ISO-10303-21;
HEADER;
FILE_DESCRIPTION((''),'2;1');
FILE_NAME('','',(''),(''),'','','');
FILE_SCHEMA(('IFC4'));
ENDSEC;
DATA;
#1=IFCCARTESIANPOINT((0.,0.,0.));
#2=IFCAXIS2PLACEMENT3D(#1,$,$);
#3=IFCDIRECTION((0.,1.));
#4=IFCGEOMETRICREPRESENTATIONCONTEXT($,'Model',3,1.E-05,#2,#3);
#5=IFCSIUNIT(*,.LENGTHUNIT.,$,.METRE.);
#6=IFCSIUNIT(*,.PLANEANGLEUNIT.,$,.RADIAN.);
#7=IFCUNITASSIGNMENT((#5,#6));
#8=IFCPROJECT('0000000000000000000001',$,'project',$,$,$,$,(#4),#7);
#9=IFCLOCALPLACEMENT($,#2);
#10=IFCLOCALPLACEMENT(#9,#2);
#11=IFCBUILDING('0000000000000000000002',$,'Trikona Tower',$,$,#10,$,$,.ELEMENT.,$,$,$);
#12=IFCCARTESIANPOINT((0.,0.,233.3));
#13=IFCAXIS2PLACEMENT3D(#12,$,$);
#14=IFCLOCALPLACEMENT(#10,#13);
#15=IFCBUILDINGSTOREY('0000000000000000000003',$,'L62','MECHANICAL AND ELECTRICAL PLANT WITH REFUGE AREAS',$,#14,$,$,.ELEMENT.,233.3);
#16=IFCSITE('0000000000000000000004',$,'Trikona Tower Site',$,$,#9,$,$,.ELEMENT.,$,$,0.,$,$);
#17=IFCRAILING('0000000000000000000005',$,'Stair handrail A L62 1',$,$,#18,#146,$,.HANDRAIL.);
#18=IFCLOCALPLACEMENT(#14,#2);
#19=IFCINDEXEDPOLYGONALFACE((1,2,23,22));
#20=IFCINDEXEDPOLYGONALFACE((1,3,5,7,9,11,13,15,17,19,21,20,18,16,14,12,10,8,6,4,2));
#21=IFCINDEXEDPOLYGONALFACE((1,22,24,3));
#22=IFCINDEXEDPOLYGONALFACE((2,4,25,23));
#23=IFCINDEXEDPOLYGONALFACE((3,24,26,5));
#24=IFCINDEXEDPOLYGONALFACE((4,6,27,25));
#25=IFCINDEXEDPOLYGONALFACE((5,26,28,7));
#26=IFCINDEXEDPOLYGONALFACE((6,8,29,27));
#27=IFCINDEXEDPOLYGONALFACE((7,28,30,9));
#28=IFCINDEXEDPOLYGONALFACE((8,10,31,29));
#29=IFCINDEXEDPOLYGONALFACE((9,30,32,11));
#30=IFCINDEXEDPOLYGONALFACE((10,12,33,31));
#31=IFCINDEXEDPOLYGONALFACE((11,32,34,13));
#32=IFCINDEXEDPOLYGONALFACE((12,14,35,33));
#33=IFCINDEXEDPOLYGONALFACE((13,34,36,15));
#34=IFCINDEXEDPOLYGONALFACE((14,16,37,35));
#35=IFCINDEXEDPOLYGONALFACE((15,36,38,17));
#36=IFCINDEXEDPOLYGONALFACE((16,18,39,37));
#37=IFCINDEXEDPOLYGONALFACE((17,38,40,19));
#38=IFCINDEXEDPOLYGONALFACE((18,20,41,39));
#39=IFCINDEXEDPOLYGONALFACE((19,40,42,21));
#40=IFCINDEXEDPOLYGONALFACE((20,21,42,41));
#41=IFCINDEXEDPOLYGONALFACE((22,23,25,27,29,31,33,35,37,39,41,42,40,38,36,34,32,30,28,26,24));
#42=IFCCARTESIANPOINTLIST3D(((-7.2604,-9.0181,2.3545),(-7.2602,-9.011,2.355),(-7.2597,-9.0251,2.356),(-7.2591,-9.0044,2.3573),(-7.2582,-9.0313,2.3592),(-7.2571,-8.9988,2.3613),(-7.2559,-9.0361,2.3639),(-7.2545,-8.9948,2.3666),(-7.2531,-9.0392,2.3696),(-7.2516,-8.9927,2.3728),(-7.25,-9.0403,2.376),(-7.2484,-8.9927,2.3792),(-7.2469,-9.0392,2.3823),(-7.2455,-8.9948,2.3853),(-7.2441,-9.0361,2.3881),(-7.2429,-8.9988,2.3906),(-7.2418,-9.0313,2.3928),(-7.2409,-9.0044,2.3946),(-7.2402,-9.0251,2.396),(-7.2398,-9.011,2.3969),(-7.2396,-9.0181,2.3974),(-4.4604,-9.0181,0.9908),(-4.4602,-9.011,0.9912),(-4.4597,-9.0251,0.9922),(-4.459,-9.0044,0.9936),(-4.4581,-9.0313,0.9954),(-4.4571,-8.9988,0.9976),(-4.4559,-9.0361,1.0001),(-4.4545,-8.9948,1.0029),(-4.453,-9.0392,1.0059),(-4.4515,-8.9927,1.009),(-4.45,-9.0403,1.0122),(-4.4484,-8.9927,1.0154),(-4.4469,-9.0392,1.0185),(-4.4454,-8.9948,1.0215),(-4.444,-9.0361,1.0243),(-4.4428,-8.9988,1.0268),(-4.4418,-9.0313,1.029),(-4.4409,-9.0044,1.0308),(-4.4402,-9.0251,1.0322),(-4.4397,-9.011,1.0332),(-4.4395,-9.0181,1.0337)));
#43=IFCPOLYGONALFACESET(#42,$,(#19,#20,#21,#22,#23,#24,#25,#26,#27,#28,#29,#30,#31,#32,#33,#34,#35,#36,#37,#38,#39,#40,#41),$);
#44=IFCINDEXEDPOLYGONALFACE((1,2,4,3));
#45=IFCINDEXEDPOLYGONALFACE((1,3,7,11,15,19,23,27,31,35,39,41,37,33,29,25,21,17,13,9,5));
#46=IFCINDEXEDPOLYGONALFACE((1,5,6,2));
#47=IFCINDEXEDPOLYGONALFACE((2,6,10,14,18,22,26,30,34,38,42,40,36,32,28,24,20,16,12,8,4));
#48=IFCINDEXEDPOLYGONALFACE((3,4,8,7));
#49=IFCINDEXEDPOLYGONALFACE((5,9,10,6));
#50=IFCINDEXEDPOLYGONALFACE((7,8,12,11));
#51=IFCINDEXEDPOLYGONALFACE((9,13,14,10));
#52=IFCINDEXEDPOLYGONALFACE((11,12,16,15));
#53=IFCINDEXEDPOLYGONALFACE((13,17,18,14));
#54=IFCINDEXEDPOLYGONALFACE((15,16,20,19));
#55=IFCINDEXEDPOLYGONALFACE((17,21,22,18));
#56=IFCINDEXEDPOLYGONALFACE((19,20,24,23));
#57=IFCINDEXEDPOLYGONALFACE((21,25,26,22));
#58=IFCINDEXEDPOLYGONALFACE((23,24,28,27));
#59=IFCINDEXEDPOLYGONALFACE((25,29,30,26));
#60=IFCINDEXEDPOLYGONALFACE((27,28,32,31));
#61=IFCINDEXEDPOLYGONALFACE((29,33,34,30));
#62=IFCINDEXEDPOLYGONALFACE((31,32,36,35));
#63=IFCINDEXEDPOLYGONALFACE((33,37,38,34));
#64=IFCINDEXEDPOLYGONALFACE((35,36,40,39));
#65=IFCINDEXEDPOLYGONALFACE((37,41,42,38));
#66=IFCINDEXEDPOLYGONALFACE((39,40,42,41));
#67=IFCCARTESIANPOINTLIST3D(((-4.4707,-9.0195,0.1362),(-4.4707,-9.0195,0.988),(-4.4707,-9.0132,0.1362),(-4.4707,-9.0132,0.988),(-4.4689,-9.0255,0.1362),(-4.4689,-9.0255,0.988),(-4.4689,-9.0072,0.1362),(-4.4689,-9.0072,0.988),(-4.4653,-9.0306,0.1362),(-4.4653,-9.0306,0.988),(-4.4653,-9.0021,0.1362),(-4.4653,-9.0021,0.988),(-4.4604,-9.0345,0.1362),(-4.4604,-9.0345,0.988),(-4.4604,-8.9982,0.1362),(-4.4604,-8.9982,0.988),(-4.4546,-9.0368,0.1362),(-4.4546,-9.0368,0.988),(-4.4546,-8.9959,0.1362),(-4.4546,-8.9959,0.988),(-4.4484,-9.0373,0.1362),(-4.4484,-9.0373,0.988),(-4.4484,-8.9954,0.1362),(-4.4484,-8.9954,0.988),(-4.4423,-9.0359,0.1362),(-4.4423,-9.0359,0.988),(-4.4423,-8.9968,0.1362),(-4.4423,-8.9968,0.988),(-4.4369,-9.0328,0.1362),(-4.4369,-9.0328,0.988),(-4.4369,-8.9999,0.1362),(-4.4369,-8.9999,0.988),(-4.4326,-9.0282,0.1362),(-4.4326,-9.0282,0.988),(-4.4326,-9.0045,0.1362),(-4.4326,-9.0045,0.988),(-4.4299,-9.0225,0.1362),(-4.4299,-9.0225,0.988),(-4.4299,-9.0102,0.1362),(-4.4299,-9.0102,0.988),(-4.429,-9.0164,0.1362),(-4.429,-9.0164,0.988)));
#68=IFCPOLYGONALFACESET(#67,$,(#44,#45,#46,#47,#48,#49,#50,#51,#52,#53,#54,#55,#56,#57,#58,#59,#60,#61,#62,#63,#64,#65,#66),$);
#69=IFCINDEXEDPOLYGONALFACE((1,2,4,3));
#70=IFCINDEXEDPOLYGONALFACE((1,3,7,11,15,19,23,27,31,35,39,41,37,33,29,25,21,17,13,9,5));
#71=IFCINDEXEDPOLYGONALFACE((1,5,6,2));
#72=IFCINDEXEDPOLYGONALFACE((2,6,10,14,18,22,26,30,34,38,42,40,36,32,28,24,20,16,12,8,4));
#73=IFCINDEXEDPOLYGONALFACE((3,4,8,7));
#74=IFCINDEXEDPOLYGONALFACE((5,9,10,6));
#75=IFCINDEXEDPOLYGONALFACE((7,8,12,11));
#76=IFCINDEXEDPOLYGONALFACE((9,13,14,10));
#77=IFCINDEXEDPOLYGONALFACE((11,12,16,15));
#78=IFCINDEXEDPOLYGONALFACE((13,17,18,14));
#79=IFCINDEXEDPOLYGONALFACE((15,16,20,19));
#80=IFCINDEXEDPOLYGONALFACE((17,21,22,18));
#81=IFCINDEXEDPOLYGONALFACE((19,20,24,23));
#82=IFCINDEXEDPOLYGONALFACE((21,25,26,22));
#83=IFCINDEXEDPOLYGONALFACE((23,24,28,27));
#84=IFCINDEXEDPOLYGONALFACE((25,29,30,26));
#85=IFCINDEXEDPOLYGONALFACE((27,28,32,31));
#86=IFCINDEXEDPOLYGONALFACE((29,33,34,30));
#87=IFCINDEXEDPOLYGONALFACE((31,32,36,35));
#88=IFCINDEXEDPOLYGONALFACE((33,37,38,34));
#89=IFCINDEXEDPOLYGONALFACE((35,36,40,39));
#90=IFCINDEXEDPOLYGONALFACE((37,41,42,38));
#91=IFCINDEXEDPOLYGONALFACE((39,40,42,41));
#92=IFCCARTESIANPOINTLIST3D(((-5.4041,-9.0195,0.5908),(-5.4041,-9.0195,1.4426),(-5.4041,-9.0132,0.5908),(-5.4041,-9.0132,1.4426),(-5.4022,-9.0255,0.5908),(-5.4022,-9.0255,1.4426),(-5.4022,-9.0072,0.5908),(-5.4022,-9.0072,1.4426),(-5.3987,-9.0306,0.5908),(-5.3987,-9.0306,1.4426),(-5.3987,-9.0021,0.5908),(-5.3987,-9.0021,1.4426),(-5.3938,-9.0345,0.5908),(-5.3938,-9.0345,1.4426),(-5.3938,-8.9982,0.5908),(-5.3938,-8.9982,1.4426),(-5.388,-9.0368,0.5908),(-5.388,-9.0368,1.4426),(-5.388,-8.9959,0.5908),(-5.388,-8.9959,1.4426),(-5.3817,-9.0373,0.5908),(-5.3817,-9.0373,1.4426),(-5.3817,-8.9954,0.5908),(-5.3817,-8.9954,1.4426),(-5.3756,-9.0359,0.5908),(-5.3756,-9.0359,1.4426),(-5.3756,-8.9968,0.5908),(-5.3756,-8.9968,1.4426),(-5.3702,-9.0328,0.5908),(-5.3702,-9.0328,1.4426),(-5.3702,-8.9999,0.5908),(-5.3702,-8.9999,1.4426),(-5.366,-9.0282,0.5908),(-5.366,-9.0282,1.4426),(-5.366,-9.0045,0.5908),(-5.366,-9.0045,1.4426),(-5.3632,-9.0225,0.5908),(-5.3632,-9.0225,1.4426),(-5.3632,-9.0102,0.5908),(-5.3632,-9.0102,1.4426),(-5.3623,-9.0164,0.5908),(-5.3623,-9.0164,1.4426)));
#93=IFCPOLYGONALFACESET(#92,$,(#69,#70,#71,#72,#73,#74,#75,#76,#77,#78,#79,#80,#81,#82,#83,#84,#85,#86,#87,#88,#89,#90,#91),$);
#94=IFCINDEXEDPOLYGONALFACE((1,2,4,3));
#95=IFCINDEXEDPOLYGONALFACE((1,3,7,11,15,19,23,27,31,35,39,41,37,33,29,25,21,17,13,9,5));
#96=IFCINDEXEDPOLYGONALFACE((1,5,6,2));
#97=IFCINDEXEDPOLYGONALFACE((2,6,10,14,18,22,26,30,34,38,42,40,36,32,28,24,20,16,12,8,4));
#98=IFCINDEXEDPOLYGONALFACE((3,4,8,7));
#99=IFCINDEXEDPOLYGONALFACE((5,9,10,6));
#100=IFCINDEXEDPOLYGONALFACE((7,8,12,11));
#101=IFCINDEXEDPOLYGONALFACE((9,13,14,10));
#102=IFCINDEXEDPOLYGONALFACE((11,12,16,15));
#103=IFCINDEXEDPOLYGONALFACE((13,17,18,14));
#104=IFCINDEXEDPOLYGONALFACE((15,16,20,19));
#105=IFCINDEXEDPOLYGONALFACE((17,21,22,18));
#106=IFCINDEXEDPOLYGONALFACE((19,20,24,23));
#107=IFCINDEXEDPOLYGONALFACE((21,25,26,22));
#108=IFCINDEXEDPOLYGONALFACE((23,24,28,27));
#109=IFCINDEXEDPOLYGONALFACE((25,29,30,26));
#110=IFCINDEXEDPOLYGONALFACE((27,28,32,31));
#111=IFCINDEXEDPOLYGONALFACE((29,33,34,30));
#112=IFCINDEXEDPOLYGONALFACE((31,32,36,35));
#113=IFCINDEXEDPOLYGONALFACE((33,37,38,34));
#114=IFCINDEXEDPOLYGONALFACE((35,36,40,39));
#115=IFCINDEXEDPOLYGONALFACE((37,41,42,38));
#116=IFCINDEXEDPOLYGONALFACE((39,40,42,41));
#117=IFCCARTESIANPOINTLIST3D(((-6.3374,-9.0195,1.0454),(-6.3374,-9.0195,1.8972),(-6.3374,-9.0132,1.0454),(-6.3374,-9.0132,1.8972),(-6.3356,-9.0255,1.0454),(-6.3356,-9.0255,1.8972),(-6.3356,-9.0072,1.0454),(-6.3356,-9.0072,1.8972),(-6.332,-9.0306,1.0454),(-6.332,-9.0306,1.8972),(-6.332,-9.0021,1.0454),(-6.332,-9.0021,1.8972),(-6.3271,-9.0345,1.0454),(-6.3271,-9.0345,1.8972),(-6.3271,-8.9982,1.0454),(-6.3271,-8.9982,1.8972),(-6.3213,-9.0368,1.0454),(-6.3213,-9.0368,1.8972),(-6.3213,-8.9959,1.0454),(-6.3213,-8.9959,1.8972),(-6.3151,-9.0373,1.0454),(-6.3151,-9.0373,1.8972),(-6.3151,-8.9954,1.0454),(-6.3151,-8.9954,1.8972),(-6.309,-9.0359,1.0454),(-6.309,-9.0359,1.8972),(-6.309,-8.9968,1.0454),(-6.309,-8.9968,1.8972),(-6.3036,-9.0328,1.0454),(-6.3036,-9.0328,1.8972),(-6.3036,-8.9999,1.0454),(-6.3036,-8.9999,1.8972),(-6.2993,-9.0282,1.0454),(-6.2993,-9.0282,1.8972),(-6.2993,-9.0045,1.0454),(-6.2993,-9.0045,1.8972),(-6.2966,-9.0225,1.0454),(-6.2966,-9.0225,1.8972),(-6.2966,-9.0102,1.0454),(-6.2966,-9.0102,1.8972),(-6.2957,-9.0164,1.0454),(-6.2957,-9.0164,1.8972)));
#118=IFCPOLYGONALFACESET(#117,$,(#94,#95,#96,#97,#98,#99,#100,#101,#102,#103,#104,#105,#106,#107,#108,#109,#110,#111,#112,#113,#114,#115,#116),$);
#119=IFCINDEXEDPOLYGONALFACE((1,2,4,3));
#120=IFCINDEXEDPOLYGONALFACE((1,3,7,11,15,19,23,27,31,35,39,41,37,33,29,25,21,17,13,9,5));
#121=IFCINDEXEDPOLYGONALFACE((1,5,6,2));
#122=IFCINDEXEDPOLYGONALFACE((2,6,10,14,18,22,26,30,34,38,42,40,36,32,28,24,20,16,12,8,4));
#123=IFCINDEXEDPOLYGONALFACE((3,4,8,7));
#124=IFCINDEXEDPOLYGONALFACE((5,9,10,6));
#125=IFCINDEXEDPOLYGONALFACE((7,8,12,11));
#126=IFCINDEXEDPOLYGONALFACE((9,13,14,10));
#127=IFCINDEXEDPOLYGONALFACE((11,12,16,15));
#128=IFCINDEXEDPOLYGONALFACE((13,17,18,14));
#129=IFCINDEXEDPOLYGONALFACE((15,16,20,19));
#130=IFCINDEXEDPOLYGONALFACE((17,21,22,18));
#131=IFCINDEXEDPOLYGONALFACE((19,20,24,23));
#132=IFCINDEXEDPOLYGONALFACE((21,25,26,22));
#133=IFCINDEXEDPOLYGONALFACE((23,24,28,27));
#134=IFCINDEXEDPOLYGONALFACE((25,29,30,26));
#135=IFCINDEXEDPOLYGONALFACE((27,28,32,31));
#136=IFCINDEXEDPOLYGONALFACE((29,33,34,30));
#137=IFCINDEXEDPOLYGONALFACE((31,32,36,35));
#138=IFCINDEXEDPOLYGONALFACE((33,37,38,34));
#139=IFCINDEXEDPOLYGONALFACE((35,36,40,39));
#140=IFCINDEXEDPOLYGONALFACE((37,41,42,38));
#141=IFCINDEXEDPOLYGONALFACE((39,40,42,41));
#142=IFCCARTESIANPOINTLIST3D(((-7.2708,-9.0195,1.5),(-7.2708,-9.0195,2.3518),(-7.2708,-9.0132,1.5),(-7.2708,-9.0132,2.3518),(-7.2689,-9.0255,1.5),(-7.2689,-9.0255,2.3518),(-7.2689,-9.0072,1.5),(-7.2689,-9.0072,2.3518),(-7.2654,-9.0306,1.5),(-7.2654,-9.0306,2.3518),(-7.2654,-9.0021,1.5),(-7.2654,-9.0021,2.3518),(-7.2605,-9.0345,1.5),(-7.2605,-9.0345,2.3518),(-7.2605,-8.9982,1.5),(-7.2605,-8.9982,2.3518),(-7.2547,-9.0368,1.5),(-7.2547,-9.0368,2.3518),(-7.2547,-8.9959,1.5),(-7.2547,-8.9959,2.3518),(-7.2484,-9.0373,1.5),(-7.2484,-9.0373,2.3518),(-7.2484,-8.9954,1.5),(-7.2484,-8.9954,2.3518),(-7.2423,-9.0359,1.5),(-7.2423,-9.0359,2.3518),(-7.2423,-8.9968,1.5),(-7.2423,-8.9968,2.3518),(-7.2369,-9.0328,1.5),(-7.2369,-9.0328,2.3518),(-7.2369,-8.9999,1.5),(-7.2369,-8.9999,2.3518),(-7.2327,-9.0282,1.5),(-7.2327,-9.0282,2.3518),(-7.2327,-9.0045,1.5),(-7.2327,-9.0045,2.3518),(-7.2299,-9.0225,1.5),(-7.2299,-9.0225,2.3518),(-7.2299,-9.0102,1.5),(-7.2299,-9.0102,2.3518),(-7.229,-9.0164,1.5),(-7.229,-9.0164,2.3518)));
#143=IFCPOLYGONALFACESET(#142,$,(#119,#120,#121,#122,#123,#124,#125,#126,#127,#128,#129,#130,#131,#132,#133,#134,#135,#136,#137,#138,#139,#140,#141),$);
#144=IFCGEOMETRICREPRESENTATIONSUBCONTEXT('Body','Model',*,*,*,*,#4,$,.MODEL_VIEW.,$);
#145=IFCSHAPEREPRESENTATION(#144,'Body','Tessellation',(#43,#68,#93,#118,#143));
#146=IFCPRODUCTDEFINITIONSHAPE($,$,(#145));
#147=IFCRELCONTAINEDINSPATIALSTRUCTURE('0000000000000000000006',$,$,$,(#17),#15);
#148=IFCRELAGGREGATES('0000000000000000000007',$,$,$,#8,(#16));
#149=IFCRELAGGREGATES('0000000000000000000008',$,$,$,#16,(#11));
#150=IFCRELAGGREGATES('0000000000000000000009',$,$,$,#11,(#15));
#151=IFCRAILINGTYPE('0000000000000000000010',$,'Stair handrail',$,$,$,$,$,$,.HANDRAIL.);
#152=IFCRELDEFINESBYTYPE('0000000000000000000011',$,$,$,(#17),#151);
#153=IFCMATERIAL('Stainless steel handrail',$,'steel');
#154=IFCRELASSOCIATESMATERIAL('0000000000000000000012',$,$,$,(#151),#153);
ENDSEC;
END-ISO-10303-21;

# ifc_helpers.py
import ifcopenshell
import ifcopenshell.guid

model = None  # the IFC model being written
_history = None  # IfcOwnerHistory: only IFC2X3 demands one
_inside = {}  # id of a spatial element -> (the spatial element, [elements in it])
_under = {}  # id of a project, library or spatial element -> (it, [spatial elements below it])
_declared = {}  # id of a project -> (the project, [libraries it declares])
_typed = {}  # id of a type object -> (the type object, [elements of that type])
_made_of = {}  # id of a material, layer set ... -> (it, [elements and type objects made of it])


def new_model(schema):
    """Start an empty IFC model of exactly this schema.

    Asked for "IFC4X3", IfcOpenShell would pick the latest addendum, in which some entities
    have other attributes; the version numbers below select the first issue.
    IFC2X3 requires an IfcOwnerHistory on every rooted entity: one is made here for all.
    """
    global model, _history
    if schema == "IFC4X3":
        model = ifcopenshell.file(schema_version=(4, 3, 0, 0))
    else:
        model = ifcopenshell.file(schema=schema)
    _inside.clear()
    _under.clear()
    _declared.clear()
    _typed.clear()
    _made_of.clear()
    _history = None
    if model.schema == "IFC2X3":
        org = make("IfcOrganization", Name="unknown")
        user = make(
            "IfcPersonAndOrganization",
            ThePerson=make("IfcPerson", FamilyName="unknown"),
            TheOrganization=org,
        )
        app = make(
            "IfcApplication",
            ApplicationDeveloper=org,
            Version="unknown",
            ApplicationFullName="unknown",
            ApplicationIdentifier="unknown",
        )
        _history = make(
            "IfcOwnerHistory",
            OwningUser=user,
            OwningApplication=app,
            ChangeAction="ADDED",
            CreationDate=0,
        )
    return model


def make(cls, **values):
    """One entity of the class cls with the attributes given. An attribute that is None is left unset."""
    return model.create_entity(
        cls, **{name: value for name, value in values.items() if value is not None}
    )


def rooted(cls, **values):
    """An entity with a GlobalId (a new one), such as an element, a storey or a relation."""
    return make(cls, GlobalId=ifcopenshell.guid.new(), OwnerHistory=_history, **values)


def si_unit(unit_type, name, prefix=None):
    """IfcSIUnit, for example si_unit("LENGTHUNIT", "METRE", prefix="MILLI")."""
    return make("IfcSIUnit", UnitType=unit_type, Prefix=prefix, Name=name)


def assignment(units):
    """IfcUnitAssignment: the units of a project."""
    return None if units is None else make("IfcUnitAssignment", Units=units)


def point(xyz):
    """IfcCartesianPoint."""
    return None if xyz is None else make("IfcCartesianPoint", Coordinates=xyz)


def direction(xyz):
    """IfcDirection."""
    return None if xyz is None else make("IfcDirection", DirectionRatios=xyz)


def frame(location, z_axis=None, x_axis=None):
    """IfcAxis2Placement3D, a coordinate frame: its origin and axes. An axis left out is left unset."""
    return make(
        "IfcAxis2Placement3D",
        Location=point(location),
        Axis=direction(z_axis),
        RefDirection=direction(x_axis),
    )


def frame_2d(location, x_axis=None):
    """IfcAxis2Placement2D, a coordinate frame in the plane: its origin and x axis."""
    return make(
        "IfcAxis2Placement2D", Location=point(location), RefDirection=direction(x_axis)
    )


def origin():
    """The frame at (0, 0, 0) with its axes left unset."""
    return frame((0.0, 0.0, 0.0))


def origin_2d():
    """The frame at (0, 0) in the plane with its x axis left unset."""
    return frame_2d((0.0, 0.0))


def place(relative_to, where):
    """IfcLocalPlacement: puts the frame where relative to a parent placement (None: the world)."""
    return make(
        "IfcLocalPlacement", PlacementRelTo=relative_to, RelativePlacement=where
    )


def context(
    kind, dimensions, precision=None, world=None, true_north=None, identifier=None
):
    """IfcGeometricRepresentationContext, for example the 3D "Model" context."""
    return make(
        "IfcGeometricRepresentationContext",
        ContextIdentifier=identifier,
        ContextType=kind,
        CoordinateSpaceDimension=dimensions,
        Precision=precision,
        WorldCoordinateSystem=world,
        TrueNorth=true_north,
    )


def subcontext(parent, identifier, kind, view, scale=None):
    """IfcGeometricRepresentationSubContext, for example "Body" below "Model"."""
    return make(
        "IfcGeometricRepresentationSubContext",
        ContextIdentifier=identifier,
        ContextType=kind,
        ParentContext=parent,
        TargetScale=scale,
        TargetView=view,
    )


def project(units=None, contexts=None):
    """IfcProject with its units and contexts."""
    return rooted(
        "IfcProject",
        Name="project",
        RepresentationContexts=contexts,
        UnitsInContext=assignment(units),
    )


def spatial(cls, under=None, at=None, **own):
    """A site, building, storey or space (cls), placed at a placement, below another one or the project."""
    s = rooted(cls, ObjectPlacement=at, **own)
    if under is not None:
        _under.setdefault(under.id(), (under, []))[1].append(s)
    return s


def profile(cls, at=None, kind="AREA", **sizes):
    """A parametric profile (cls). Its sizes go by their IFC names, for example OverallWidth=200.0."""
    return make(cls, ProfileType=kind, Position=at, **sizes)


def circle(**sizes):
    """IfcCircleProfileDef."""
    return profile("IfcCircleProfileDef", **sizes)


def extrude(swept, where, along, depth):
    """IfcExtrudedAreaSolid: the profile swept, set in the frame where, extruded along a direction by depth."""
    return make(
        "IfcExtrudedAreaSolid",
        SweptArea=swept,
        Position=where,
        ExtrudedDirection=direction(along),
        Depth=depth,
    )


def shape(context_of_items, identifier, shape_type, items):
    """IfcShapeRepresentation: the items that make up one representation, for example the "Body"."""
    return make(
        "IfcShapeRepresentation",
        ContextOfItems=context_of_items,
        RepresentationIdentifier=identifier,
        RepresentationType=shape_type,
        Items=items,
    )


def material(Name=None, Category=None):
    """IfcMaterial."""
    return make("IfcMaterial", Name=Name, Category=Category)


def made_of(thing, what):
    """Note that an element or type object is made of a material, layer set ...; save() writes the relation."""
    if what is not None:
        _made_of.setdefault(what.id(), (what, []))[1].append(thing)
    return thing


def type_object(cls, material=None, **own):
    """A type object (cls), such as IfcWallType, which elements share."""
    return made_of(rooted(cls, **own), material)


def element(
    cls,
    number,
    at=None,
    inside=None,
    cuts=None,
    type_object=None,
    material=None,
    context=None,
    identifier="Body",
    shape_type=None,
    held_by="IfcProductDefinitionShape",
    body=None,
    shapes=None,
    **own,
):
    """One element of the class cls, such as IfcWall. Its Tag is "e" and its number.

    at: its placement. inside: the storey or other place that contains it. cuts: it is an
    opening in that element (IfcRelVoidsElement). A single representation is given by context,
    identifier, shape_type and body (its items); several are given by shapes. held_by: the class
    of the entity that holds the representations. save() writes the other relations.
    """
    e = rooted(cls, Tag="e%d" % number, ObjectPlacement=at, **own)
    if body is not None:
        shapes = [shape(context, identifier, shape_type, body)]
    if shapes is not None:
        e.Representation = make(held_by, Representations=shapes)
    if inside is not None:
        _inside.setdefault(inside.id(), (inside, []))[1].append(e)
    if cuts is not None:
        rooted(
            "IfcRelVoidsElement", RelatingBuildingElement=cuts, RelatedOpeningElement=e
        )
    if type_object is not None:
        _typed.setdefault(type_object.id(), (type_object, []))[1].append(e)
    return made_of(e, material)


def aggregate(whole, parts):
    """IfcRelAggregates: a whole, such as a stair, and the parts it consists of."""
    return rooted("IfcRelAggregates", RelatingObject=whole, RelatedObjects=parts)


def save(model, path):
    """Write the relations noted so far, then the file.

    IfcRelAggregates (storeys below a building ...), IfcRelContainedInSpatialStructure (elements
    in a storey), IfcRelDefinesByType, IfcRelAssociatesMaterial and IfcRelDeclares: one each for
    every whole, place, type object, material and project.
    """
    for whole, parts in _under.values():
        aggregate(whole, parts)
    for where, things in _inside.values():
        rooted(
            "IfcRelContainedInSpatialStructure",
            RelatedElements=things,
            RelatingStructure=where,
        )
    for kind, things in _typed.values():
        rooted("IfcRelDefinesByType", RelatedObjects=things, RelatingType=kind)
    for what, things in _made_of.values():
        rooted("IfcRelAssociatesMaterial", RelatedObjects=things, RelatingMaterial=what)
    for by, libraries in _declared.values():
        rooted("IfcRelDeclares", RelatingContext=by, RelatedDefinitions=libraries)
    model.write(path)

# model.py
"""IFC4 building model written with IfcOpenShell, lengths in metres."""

from ifc_helpers import new_model, si_unit, direction, frame, origin, origin_2d, place, context, subcontext, project, spatial, circle, extrude, material, type_object, element, save


model = new_model("IFC4")

# Units and contexts
model_context = context("Model", 3, precision=1e-05, world=origin(), true_north=direction((0.0, 1.0)))
body_context = subcontext(model_context, "Body", "Model", "MODEL_VIEW")
ifc_project = project(units=[si_unit("LENGTHUNIT", "METRE"), si_unit("PLANEANGLEUNIT", "RADIAN")], contexts=[model_context])

# Site, building, storey
site_placement = place(None, origin())
site = spatial("IfcSite", under=ifc_project, at=site_placement, Name="Trikona Tower Site", CompositionType="ELEMENT", RefElevation=0.0)
building_placement = place(site_placement, origin())
building = spatial("IfcBuilding", under=site, at=building_placement, Name="Trikona Tower", CompositionType="ELEMENT")
storey_placement = place(building_placement, frame((0.0, 0.0, 233.3)))
storey = spatial("IfcBuildingStorey", under=building, at=storey_placement, Name="L62", Description="MECHANICAL AND ELECTRICAL PLANT WITH REFUGE AREAS", CompositionType="ELEMENT", Elevation=233.3)

# Railing
ifc_material_1 = material(Name="Stainless steel handrail", Category="steel")
railing_type = type_object("IfcRailingType", Name="Stair handrail", PredefinedType="HANDRAIL", material=ifc_material_1)
railing_1_placement = place(storey_placement, frame((-4.45, -9.0164, 0.1362)))
element("IfcRailing", 1, at=railing_1_placement, inside=storey, type_object=railing_type, Name="Stair handrail A L62 1", PredefinedType="HANDRAIL", context=body_context, shape_type="SweptSolid", body=[
    extrude(circle(Radius=0.0239, at=origin_2d()), frame((0.0, 0.0, 0.876), z_axis=(-0.899035, 0.0, 0.437877), x_axis=(0.0, -1.0, 0.0)), (0.0, 0.0, 1.0), 3.1145),
    extrude(circle(Radius=0.021, at=origin_2d()), origin(), (0.0, 0.0, 1.0), 0.8518),
    extrude(circle(Radius=0.021, at=origin_2d()), frame((-0.9333, 0.0, 0.4546)), (0.0, 0.0, 1.0), 0.8518),
    extrude(circle(Radius=0.021, at=origin_2d()), frame((-1.8667, 0.0, 0.9092)), (0.0, 0.0, 1.0), 0.8518),
    extrude(circle(Radius=0.021, at=origin_2d()), frame((-2.8, 0.0, 1.3638)), (0.0, 0.0, 1.0), 0.8518),
])

save(model, "model.ifc")
